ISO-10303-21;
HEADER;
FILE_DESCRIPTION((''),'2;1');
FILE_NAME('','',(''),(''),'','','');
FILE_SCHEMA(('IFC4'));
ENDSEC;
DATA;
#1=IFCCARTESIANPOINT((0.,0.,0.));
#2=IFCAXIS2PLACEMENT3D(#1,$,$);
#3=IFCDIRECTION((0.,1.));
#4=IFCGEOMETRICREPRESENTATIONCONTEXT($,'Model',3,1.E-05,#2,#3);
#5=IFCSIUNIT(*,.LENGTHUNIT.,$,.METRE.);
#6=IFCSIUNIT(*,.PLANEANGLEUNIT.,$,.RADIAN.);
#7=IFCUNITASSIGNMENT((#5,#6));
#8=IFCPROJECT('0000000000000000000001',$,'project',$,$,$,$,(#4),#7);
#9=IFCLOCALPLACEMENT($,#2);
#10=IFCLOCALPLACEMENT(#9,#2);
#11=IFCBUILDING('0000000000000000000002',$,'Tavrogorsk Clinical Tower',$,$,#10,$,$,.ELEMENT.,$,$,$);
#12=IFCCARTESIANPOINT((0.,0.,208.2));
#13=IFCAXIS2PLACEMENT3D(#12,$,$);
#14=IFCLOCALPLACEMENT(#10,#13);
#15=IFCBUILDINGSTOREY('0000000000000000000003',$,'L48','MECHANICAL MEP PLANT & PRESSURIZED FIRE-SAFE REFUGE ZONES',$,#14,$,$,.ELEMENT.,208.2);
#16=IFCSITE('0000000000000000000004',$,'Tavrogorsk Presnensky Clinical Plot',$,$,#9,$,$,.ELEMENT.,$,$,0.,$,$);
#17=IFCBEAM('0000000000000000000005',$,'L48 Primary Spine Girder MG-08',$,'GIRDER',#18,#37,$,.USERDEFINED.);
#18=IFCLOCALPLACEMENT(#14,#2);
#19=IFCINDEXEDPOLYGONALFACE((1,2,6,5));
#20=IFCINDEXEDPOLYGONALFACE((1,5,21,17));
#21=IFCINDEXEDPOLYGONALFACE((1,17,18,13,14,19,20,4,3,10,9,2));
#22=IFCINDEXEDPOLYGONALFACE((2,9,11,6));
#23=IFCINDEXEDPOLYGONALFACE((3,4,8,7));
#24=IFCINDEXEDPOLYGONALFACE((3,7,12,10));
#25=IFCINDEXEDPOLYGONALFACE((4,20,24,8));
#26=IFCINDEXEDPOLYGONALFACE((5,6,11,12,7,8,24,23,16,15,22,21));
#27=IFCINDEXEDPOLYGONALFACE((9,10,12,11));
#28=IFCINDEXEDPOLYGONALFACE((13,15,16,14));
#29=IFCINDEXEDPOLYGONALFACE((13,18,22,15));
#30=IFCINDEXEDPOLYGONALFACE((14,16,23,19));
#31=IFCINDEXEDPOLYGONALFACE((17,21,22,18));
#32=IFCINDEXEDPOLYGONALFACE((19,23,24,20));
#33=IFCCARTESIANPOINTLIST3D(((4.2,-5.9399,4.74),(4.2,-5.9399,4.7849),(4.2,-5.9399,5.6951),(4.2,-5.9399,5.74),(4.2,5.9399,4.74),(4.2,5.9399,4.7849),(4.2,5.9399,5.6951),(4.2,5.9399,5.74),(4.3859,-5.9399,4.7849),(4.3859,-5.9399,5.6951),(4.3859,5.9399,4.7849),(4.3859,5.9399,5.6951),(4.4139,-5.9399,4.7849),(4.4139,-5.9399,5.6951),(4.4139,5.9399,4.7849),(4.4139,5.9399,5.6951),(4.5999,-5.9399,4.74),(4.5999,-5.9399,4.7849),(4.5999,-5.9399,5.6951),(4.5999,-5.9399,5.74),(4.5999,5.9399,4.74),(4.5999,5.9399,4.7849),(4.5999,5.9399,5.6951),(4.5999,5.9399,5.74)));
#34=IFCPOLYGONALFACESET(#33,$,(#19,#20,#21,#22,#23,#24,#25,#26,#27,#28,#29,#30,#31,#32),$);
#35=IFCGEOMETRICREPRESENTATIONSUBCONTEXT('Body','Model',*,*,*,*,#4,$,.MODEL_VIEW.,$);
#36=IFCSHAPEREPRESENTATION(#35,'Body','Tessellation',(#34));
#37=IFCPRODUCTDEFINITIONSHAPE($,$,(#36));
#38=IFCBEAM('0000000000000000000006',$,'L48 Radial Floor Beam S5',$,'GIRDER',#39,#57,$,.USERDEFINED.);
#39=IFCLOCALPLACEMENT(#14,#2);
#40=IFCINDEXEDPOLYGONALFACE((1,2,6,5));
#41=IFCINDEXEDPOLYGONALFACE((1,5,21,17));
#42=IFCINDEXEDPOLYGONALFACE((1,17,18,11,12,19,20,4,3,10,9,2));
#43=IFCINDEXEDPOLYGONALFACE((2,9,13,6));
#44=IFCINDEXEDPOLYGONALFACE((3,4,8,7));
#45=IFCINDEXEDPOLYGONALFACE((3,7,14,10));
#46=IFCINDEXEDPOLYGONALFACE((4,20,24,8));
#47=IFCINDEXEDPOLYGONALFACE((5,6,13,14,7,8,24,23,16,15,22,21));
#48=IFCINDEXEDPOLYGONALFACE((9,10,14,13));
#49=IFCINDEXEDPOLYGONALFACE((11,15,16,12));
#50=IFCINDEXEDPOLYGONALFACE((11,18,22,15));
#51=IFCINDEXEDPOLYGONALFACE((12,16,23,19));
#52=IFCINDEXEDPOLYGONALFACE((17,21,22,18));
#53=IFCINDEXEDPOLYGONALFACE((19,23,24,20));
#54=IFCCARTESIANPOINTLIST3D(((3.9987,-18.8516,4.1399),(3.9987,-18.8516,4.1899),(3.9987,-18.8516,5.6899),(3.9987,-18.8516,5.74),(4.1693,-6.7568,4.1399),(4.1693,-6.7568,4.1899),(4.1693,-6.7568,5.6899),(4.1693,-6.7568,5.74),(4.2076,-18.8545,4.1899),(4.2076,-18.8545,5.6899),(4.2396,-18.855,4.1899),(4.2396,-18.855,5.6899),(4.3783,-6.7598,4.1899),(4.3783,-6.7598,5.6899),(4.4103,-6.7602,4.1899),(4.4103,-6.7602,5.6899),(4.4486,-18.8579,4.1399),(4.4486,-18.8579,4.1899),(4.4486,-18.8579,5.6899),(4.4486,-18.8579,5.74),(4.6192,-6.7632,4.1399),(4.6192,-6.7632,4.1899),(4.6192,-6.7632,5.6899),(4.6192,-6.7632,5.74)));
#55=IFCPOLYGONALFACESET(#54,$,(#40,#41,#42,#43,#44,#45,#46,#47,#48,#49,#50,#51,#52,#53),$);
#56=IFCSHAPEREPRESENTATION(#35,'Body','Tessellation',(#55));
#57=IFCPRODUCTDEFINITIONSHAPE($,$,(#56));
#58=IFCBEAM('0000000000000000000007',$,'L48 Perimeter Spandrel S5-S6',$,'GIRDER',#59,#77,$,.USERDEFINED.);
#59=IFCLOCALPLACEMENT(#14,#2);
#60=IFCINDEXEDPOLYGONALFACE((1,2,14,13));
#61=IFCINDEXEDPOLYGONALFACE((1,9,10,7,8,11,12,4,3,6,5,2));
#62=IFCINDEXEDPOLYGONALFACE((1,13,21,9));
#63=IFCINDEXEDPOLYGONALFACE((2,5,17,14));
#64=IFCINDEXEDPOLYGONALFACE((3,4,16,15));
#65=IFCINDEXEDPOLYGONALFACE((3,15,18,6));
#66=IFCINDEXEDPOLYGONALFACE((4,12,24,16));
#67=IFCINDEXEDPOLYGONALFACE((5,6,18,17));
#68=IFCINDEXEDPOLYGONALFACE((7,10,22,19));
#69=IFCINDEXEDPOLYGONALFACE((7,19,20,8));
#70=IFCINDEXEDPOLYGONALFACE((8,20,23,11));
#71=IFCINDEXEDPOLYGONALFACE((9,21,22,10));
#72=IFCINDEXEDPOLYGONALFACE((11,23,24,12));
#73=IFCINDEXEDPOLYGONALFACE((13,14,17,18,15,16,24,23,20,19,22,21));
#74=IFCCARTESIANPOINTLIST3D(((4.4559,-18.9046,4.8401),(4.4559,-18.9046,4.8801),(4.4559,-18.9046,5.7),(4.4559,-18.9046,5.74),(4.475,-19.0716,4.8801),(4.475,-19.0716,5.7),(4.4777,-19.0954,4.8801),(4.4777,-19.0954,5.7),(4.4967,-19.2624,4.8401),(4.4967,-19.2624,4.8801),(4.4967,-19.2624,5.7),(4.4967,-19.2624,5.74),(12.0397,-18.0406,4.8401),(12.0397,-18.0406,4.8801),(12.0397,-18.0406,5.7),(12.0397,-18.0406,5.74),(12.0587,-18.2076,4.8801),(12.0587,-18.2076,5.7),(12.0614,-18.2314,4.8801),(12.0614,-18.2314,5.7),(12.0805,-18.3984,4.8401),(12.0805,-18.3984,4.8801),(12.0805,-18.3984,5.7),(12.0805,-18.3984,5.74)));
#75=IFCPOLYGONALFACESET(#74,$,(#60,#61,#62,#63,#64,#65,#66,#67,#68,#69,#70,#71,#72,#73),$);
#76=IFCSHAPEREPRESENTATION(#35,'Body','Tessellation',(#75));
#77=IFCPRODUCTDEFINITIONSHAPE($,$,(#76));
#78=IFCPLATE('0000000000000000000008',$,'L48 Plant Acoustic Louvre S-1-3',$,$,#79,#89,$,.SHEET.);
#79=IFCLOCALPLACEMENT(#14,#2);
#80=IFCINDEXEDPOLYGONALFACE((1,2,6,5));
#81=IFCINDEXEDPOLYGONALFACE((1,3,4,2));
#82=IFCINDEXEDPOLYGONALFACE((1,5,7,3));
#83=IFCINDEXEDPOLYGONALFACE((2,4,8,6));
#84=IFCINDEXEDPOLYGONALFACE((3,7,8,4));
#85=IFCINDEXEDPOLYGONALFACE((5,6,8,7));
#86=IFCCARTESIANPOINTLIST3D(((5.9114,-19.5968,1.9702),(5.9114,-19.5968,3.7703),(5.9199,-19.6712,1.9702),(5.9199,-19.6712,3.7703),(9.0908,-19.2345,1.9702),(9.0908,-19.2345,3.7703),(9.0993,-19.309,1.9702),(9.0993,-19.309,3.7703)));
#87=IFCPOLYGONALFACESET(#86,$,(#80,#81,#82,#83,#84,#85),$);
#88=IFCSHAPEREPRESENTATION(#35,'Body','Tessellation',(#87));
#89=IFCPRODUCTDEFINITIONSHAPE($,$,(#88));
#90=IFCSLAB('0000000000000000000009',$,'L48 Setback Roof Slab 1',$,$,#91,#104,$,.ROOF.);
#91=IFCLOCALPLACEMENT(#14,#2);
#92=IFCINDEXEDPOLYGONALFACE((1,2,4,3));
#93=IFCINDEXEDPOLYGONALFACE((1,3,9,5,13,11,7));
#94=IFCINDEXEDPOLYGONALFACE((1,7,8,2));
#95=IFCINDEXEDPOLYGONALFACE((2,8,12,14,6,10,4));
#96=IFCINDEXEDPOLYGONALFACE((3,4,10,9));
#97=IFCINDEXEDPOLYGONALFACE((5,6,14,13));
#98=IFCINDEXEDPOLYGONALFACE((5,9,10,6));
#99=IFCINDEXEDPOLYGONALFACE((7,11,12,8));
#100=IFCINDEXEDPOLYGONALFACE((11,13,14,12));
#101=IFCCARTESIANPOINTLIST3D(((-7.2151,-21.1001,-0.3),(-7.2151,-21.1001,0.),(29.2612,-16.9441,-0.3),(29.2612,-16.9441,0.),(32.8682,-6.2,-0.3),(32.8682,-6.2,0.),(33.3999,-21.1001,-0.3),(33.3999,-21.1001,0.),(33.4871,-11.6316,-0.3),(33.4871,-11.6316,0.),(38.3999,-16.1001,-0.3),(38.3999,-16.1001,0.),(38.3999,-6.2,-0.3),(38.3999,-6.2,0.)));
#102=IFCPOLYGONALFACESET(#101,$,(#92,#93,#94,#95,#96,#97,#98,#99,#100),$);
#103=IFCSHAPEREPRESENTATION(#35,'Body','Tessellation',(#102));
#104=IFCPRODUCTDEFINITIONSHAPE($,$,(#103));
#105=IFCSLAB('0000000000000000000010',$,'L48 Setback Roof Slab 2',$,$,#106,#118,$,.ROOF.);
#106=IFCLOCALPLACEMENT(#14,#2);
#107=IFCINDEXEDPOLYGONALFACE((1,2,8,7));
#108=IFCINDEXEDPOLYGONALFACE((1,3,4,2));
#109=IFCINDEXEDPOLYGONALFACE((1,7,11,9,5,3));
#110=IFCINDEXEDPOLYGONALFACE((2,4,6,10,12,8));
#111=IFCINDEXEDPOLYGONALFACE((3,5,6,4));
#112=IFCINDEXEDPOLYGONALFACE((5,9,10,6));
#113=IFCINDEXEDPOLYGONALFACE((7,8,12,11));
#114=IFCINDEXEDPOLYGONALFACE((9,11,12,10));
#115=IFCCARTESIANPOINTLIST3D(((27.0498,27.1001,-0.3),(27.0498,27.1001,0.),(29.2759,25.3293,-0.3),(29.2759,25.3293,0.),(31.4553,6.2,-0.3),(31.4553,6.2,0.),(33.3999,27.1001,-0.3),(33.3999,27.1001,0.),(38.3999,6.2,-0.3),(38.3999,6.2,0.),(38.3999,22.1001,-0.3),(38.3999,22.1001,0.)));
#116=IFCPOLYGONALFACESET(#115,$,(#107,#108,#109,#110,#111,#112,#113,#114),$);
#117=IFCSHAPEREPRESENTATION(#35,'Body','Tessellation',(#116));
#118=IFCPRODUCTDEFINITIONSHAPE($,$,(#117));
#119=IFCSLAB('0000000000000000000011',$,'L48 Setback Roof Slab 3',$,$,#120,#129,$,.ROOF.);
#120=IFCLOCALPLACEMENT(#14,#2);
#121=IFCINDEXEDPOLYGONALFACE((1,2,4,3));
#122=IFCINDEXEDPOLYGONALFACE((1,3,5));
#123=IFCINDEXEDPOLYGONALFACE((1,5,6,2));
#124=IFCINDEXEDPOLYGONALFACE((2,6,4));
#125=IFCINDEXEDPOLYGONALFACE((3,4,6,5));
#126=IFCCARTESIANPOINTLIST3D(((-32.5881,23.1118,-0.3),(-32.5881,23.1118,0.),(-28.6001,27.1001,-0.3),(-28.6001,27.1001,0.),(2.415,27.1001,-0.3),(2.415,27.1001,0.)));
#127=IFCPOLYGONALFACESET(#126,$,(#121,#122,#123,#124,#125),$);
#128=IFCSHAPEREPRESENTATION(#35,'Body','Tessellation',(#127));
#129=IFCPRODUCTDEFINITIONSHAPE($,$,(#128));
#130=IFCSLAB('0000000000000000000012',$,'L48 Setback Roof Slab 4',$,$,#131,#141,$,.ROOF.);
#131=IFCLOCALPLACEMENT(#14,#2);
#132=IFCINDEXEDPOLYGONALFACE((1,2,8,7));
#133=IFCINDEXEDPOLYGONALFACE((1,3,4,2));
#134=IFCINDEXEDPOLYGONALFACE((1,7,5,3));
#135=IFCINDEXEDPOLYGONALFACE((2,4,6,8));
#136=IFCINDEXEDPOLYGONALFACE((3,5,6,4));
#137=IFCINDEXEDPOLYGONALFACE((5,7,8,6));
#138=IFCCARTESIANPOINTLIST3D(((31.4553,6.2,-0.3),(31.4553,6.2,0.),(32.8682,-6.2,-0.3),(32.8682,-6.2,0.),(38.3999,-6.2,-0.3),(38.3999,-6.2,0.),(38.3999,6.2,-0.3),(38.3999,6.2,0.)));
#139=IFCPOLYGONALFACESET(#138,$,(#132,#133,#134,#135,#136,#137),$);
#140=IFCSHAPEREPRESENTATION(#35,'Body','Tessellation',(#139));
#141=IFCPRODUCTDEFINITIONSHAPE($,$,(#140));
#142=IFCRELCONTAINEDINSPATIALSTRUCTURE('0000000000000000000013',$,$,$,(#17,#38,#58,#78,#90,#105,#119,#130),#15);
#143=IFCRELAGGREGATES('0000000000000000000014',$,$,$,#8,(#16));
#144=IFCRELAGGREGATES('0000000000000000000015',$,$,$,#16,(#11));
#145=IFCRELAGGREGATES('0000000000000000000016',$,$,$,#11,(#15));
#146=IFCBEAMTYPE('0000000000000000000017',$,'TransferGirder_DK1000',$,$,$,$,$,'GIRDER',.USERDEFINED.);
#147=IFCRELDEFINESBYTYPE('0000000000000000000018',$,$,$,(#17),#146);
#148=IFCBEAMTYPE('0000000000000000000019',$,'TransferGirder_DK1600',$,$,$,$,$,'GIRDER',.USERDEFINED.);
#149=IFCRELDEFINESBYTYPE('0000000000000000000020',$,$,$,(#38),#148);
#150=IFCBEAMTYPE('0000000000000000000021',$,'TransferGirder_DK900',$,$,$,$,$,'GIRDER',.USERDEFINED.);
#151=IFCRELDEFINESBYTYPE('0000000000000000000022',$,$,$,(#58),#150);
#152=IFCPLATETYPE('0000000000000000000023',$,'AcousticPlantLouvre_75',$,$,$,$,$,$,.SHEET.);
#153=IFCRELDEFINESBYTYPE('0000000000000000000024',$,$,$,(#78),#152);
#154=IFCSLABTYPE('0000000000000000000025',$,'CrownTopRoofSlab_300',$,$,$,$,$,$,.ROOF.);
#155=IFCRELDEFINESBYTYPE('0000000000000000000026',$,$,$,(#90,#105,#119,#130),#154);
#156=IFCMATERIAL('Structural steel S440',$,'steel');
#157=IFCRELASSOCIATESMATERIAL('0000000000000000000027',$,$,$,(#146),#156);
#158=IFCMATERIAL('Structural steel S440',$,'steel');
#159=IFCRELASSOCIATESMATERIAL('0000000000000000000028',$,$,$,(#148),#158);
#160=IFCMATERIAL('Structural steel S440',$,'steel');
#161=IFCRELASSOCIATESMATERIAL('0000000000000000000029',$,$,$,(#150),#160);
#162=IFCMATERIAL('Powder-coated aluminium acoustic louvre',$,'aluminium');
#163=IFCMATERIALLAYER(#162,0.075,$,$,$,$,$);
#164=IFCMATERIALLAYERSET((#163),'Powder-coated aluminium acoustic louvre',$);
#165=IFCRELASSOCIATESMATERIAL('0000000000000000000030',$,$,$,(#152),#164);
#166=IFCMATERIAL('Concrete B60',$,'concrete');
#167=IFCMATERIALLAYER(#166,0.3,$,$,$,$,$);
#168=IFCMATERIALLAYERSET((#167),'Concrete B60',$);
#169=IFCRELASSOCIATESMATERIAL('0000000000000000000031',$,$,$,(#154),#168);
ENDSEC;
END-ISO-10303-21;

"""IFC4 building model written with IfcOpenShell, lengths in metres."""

from ifc_helpers import new_model, si_unit, direction, frame, origin, origin_2d, place, context, subcontext, project, spatial, polyline, rectangle, i_section, outline, extrude, material, layer, layer_set, material_profile, profile_set, type_object, element, save


model = new_model("IFC4")

# Units and contexts
model_context = context("Model", 3, precision=1e-05, world=origin(), true_north=direction((0.0, 1.0)))
body_context = subcontext(model_context, "Body", "Model", "MODEL_VIEW")
ifc_project = project(units=[si_unit("LENGTHUNIT", "METRE"), si_unit("PLANEANGLEUNIT", "RADIAN")], contexts=[model_context])

# Site, building, storey
site_placement = place(None, origin())
site = spatial("IfcSite", under=ifc_project, at=site_placement, Name="Tavrogorsk Presnensky Clinical Plot", CompositionType="ELEMENT", RefElevation=0.0)
building_placement = place(site_placement, origin())
building = spatial("IfcBuilding", under=site, at=building_placement, Name="Tavrogorsk Clinical Tower", CompositionType="ELEMENT")
storey_placement = place(building_placement, frame((0.0, 0.0, 208.2)))
storey = spatial("IfcBuildingStorey", under=building, at=storey_placement, Name="L48", Description="MECHANICAL MEP PLANT & PRESSURIZED FIRE-SAFE REFUGE ZONES", CompositionType="ELEMENT", Elevation=208.2)

# Beams
ifc_material_1 = material(Name="Structural steel S440", Category="steel")
ifc_material_profile_1 = material_profile(ifc_material_1, i_section(OverallWidth=0.3999, OverallDepth=1.0, WebThickness=0.0281, FlangeThickness=0.0449, at=origin_2d()), Name="DK-1000x400x28x45")
ifc_profile_set_1 = profile_set([ifc_material_profile_1], Name="Structural steel S440")
beam_type_1 = type_object("IfcBeamType", Name="TransferGirder_DK1000", ElementType="GIRDER", PredefinedType="USERDEFINED", material=ifc_profile_set_1)
beam_1_placement = place(storey_placement, frame((4.3999, -5.9399, 5.24), z_axis=(0.0, 1.0, 0.0), x_axis=(-1.0, 0.0, 0.0)))
element("IfcBeam", 1, at=beam_1_placement, inside=storey, type_object=beam_type_1, Name="L48 Primary Spine Girder MG-08", ObjectType="GIRDER", PredefinedType="USERDEFINED", context=body_context, shape_type="SweptSolid", body=[
    extrude(i_section(OverallWidth=0.3999, OverallDepth=1.0, WebThickness=0.0281, FlangeThickness=0.0449, at=origin_2d()), origin(), (0.0, 0.0, 1.0), 11.8799),
])
ifc_material_2 = material(Name="Structural steel S440", Category="steel")
ifc_material_profile_2 = material_profile(ifc_material_2, i_section(OverallWidth=0.45, OverallDepth=1.6001, WebThickness=0.032, FlangeThickness=0.05, at=origin_2d()), Name="DK-1600x450x32x50")
ifc_profile_set_2 = profile_set([ifc_material_profile_2], Name="Structural steel S440")
beam_type_2 = type_object("IfcBeamType", Name="TransferGirder_DK1600", ElementType="GIRDER", PredefinedType="USERDEFINED", material=ifc_profile_set_2)
beam_2_placement = place(storey_placement, frame((4.3943, -6.76, 4.9399), z_axis=(-0.014108, -0.9999, 0.0), x_axis=(0.9999, -0.014108, 0.0)))
element("IfcBeam", 2, at=beam_2_placement, inside=storey, type_object=beam_type_2, Name="L48 Radial Floor Beam S5", ObjectType="GIRDER", PredefinedType="USERDEFINED", context=body_context, shape_type="SweptSolid", body=[
    extrude(i_section(OverallWidth=0.45, OverallDepth=1.6001, WebThickness=0.032, FlangeThickness=0.05, at=origin_2d()), origin(), (0.0, 0.0, 1.0), 12.0959),
])
ifc_material_3 = material(Name="Structural steel S440", Category="steel")
ifc_material_profile_3 = material_profile(ifc_material_3, i_section(OverallWidth=0.3601, OverallDepth=0.8999, WebThickness=0.0239, FlangeThickness=0.04, at=origin_2d()), Name="DK-900x360x24x40")
ifc_profile_set_3 = profile_set([ifc_material_profile_3], Name="Structural steel S440")
beam_type_3 = type_object("IfcBeamType", Name="TransferGirder_DK900", ElementType="GIRDER", PredefinedType="USERDEFINED", material=ifc_profile_set_3)
beam_3_placement = place(storey_placement, frame((4.4763, -19.0835, 5.29), z_axis=(0.993573, 0.113197, 0.0), x_axis=(-0.113197, 0.993573, 0.0)))
element("IfcBeam", 3, at=beam_3_placement, inside=storey, type_object=beam_type_3, Name="L48 Perimeter Spandrel S5-S6", ObjectType="GIRDER", PredefinedType="USERDEFINED", context=body_context, shape_type="SweptSolid", body=[
    extrude(i_section(OverallWidth=0.3601, OverallDepth=0.8999, WebThickness=0.0239, FlangeThickness=0.04, at=origin_2d()), origin(), (0.0, 0.0, 1.0), 7.6328),
])

# Plate
ifc_material_4 = material(Name="Powder-coated aluminium acoustic louvre", Category="aluminium")
ifc_layer_1 = layer(ifc_material_4, 0.075)
ifc_layer_set_1 = layer_set([ifc_layer_1], Name="Powder-coated aluminium acoustic louvre")
plate_type = type_object("IfcPlateType", Name="AcousticPlantLouvre_75", PredefinedType="SHEET", material=ifc_layer_set_1)
plate_placement = place(storey_placement, frame((7.5054, -19.4529, 1.9702), z_axis=(0.0, 0.0, 1.0), x_axis=(0.993572, 0.113202, 0.0)))
element("IfcPlate", 4, at=plate_placement, inside=storey, type_object=plate_type, Name="L48 Plant Acoustic Louvre S-1-3", PredefinedType="SHEET", context=body_context, shape_type="SweptSolid", body=[
    extrude(rectangle(XDim=3.2, YDim=0.075, at=origin_2d()), origin(), (0.0, 0.0, 1.0), 1.8),
])

# Slabs
ifc_material_5 = material(Name="Concrete B60", Category="concrete")
ifc_layer_2 = layer(ifc_material_5, 0.3)
ifc_layer_set_2 = layer_set([ifc_layer_2], Name="Concrete B60")
slab_type_1 = type_object("IfcSlabType", Name="CrownTopRoofSlab_300", PredefinedType="ROOF", material=ifc_layer_set_2)
slab_1_placement = place(storey_placement, frame((0.0, 0.0, -0.3)))
element("IfcSlab", 5, at=slab_1_placement, inside=storey, type_object=slab_type_1, Name="L48 Setback Roof Slab 1", PredefinedType="ROOF", context=body_context, shape_type="SweptSolid", body=[
    extrude(outline(polyline([(38.3999, -16.1001), (33.3999, -21.1001), (-7.2151, -21.1001), (29.2612, -16.9441), (33.4871, -11.6316), (32.8682, -6.2), (38.3999, -6.2), (38.3999, -16.1001)])), origin(), (0.0, 0.0, 1.0), 0.3),
])
slab_2_placement = place(storey_placement, frame((0.0, 0.0, -0.3)))
element("IfcSlab", 6, at=slab_2_placement, inside=storey, type_object=slab_type_1, Name="L48 Setback Roof Slab 2", PredefinedType="ROOF", context=body_context, shape_type="SweptSolid", body=[
    extrude(outline(polyline([(38.3999, 22.1001), (38.3999, 6.2), (31.4553, 6.2), (29.2759, 25.3293), (27.0498, 27.1001), (33.3999, 27.1001), (38.3999, 22.1001)])), origin(), (0.0, 0.0, 1.0), 0.3),
])
slab_3_placement = place(storey_placement, frame((0.0, 0.0, -0.3)))
element("IfcSlab", 7, at=slab_3_placement, inside=storey, type_object=slab_type_1, Name="L48 Setback Roof Slab 3", PredefinedType="ROOF", context=body_context, shape_type="SweptSolid", body=[
    extrude(outline(polyline([(2.415, 27.1001), (-32.5881, 23.1118), (-28.6001, 27.1001), (2.415, 27.1001)])), origin(), (0.0, 0.0, 1.0), 0.3),
])
slab_4_placement = place(storey_placement, frame((0.0, 0.0, -0.3)))
element("IfcSlab", 8, at=slab_4_placement, inside=storey, type_object=slab_type_1, Name="L48 Setback Roof Slab 4", PredefinedType="ROOF", context=body_context, shape_type="SweptSolid", body=[
    extrude(outline(polyline([(38.3999, -6.2), (32.8682, -6.2), (31.4553, 6.2), (38.3999, 6.2), (38.3999, -6.2)])), origin(), (0.0, 0.0, 1.0), 0.3),
])

save(model, "model.ifc")
